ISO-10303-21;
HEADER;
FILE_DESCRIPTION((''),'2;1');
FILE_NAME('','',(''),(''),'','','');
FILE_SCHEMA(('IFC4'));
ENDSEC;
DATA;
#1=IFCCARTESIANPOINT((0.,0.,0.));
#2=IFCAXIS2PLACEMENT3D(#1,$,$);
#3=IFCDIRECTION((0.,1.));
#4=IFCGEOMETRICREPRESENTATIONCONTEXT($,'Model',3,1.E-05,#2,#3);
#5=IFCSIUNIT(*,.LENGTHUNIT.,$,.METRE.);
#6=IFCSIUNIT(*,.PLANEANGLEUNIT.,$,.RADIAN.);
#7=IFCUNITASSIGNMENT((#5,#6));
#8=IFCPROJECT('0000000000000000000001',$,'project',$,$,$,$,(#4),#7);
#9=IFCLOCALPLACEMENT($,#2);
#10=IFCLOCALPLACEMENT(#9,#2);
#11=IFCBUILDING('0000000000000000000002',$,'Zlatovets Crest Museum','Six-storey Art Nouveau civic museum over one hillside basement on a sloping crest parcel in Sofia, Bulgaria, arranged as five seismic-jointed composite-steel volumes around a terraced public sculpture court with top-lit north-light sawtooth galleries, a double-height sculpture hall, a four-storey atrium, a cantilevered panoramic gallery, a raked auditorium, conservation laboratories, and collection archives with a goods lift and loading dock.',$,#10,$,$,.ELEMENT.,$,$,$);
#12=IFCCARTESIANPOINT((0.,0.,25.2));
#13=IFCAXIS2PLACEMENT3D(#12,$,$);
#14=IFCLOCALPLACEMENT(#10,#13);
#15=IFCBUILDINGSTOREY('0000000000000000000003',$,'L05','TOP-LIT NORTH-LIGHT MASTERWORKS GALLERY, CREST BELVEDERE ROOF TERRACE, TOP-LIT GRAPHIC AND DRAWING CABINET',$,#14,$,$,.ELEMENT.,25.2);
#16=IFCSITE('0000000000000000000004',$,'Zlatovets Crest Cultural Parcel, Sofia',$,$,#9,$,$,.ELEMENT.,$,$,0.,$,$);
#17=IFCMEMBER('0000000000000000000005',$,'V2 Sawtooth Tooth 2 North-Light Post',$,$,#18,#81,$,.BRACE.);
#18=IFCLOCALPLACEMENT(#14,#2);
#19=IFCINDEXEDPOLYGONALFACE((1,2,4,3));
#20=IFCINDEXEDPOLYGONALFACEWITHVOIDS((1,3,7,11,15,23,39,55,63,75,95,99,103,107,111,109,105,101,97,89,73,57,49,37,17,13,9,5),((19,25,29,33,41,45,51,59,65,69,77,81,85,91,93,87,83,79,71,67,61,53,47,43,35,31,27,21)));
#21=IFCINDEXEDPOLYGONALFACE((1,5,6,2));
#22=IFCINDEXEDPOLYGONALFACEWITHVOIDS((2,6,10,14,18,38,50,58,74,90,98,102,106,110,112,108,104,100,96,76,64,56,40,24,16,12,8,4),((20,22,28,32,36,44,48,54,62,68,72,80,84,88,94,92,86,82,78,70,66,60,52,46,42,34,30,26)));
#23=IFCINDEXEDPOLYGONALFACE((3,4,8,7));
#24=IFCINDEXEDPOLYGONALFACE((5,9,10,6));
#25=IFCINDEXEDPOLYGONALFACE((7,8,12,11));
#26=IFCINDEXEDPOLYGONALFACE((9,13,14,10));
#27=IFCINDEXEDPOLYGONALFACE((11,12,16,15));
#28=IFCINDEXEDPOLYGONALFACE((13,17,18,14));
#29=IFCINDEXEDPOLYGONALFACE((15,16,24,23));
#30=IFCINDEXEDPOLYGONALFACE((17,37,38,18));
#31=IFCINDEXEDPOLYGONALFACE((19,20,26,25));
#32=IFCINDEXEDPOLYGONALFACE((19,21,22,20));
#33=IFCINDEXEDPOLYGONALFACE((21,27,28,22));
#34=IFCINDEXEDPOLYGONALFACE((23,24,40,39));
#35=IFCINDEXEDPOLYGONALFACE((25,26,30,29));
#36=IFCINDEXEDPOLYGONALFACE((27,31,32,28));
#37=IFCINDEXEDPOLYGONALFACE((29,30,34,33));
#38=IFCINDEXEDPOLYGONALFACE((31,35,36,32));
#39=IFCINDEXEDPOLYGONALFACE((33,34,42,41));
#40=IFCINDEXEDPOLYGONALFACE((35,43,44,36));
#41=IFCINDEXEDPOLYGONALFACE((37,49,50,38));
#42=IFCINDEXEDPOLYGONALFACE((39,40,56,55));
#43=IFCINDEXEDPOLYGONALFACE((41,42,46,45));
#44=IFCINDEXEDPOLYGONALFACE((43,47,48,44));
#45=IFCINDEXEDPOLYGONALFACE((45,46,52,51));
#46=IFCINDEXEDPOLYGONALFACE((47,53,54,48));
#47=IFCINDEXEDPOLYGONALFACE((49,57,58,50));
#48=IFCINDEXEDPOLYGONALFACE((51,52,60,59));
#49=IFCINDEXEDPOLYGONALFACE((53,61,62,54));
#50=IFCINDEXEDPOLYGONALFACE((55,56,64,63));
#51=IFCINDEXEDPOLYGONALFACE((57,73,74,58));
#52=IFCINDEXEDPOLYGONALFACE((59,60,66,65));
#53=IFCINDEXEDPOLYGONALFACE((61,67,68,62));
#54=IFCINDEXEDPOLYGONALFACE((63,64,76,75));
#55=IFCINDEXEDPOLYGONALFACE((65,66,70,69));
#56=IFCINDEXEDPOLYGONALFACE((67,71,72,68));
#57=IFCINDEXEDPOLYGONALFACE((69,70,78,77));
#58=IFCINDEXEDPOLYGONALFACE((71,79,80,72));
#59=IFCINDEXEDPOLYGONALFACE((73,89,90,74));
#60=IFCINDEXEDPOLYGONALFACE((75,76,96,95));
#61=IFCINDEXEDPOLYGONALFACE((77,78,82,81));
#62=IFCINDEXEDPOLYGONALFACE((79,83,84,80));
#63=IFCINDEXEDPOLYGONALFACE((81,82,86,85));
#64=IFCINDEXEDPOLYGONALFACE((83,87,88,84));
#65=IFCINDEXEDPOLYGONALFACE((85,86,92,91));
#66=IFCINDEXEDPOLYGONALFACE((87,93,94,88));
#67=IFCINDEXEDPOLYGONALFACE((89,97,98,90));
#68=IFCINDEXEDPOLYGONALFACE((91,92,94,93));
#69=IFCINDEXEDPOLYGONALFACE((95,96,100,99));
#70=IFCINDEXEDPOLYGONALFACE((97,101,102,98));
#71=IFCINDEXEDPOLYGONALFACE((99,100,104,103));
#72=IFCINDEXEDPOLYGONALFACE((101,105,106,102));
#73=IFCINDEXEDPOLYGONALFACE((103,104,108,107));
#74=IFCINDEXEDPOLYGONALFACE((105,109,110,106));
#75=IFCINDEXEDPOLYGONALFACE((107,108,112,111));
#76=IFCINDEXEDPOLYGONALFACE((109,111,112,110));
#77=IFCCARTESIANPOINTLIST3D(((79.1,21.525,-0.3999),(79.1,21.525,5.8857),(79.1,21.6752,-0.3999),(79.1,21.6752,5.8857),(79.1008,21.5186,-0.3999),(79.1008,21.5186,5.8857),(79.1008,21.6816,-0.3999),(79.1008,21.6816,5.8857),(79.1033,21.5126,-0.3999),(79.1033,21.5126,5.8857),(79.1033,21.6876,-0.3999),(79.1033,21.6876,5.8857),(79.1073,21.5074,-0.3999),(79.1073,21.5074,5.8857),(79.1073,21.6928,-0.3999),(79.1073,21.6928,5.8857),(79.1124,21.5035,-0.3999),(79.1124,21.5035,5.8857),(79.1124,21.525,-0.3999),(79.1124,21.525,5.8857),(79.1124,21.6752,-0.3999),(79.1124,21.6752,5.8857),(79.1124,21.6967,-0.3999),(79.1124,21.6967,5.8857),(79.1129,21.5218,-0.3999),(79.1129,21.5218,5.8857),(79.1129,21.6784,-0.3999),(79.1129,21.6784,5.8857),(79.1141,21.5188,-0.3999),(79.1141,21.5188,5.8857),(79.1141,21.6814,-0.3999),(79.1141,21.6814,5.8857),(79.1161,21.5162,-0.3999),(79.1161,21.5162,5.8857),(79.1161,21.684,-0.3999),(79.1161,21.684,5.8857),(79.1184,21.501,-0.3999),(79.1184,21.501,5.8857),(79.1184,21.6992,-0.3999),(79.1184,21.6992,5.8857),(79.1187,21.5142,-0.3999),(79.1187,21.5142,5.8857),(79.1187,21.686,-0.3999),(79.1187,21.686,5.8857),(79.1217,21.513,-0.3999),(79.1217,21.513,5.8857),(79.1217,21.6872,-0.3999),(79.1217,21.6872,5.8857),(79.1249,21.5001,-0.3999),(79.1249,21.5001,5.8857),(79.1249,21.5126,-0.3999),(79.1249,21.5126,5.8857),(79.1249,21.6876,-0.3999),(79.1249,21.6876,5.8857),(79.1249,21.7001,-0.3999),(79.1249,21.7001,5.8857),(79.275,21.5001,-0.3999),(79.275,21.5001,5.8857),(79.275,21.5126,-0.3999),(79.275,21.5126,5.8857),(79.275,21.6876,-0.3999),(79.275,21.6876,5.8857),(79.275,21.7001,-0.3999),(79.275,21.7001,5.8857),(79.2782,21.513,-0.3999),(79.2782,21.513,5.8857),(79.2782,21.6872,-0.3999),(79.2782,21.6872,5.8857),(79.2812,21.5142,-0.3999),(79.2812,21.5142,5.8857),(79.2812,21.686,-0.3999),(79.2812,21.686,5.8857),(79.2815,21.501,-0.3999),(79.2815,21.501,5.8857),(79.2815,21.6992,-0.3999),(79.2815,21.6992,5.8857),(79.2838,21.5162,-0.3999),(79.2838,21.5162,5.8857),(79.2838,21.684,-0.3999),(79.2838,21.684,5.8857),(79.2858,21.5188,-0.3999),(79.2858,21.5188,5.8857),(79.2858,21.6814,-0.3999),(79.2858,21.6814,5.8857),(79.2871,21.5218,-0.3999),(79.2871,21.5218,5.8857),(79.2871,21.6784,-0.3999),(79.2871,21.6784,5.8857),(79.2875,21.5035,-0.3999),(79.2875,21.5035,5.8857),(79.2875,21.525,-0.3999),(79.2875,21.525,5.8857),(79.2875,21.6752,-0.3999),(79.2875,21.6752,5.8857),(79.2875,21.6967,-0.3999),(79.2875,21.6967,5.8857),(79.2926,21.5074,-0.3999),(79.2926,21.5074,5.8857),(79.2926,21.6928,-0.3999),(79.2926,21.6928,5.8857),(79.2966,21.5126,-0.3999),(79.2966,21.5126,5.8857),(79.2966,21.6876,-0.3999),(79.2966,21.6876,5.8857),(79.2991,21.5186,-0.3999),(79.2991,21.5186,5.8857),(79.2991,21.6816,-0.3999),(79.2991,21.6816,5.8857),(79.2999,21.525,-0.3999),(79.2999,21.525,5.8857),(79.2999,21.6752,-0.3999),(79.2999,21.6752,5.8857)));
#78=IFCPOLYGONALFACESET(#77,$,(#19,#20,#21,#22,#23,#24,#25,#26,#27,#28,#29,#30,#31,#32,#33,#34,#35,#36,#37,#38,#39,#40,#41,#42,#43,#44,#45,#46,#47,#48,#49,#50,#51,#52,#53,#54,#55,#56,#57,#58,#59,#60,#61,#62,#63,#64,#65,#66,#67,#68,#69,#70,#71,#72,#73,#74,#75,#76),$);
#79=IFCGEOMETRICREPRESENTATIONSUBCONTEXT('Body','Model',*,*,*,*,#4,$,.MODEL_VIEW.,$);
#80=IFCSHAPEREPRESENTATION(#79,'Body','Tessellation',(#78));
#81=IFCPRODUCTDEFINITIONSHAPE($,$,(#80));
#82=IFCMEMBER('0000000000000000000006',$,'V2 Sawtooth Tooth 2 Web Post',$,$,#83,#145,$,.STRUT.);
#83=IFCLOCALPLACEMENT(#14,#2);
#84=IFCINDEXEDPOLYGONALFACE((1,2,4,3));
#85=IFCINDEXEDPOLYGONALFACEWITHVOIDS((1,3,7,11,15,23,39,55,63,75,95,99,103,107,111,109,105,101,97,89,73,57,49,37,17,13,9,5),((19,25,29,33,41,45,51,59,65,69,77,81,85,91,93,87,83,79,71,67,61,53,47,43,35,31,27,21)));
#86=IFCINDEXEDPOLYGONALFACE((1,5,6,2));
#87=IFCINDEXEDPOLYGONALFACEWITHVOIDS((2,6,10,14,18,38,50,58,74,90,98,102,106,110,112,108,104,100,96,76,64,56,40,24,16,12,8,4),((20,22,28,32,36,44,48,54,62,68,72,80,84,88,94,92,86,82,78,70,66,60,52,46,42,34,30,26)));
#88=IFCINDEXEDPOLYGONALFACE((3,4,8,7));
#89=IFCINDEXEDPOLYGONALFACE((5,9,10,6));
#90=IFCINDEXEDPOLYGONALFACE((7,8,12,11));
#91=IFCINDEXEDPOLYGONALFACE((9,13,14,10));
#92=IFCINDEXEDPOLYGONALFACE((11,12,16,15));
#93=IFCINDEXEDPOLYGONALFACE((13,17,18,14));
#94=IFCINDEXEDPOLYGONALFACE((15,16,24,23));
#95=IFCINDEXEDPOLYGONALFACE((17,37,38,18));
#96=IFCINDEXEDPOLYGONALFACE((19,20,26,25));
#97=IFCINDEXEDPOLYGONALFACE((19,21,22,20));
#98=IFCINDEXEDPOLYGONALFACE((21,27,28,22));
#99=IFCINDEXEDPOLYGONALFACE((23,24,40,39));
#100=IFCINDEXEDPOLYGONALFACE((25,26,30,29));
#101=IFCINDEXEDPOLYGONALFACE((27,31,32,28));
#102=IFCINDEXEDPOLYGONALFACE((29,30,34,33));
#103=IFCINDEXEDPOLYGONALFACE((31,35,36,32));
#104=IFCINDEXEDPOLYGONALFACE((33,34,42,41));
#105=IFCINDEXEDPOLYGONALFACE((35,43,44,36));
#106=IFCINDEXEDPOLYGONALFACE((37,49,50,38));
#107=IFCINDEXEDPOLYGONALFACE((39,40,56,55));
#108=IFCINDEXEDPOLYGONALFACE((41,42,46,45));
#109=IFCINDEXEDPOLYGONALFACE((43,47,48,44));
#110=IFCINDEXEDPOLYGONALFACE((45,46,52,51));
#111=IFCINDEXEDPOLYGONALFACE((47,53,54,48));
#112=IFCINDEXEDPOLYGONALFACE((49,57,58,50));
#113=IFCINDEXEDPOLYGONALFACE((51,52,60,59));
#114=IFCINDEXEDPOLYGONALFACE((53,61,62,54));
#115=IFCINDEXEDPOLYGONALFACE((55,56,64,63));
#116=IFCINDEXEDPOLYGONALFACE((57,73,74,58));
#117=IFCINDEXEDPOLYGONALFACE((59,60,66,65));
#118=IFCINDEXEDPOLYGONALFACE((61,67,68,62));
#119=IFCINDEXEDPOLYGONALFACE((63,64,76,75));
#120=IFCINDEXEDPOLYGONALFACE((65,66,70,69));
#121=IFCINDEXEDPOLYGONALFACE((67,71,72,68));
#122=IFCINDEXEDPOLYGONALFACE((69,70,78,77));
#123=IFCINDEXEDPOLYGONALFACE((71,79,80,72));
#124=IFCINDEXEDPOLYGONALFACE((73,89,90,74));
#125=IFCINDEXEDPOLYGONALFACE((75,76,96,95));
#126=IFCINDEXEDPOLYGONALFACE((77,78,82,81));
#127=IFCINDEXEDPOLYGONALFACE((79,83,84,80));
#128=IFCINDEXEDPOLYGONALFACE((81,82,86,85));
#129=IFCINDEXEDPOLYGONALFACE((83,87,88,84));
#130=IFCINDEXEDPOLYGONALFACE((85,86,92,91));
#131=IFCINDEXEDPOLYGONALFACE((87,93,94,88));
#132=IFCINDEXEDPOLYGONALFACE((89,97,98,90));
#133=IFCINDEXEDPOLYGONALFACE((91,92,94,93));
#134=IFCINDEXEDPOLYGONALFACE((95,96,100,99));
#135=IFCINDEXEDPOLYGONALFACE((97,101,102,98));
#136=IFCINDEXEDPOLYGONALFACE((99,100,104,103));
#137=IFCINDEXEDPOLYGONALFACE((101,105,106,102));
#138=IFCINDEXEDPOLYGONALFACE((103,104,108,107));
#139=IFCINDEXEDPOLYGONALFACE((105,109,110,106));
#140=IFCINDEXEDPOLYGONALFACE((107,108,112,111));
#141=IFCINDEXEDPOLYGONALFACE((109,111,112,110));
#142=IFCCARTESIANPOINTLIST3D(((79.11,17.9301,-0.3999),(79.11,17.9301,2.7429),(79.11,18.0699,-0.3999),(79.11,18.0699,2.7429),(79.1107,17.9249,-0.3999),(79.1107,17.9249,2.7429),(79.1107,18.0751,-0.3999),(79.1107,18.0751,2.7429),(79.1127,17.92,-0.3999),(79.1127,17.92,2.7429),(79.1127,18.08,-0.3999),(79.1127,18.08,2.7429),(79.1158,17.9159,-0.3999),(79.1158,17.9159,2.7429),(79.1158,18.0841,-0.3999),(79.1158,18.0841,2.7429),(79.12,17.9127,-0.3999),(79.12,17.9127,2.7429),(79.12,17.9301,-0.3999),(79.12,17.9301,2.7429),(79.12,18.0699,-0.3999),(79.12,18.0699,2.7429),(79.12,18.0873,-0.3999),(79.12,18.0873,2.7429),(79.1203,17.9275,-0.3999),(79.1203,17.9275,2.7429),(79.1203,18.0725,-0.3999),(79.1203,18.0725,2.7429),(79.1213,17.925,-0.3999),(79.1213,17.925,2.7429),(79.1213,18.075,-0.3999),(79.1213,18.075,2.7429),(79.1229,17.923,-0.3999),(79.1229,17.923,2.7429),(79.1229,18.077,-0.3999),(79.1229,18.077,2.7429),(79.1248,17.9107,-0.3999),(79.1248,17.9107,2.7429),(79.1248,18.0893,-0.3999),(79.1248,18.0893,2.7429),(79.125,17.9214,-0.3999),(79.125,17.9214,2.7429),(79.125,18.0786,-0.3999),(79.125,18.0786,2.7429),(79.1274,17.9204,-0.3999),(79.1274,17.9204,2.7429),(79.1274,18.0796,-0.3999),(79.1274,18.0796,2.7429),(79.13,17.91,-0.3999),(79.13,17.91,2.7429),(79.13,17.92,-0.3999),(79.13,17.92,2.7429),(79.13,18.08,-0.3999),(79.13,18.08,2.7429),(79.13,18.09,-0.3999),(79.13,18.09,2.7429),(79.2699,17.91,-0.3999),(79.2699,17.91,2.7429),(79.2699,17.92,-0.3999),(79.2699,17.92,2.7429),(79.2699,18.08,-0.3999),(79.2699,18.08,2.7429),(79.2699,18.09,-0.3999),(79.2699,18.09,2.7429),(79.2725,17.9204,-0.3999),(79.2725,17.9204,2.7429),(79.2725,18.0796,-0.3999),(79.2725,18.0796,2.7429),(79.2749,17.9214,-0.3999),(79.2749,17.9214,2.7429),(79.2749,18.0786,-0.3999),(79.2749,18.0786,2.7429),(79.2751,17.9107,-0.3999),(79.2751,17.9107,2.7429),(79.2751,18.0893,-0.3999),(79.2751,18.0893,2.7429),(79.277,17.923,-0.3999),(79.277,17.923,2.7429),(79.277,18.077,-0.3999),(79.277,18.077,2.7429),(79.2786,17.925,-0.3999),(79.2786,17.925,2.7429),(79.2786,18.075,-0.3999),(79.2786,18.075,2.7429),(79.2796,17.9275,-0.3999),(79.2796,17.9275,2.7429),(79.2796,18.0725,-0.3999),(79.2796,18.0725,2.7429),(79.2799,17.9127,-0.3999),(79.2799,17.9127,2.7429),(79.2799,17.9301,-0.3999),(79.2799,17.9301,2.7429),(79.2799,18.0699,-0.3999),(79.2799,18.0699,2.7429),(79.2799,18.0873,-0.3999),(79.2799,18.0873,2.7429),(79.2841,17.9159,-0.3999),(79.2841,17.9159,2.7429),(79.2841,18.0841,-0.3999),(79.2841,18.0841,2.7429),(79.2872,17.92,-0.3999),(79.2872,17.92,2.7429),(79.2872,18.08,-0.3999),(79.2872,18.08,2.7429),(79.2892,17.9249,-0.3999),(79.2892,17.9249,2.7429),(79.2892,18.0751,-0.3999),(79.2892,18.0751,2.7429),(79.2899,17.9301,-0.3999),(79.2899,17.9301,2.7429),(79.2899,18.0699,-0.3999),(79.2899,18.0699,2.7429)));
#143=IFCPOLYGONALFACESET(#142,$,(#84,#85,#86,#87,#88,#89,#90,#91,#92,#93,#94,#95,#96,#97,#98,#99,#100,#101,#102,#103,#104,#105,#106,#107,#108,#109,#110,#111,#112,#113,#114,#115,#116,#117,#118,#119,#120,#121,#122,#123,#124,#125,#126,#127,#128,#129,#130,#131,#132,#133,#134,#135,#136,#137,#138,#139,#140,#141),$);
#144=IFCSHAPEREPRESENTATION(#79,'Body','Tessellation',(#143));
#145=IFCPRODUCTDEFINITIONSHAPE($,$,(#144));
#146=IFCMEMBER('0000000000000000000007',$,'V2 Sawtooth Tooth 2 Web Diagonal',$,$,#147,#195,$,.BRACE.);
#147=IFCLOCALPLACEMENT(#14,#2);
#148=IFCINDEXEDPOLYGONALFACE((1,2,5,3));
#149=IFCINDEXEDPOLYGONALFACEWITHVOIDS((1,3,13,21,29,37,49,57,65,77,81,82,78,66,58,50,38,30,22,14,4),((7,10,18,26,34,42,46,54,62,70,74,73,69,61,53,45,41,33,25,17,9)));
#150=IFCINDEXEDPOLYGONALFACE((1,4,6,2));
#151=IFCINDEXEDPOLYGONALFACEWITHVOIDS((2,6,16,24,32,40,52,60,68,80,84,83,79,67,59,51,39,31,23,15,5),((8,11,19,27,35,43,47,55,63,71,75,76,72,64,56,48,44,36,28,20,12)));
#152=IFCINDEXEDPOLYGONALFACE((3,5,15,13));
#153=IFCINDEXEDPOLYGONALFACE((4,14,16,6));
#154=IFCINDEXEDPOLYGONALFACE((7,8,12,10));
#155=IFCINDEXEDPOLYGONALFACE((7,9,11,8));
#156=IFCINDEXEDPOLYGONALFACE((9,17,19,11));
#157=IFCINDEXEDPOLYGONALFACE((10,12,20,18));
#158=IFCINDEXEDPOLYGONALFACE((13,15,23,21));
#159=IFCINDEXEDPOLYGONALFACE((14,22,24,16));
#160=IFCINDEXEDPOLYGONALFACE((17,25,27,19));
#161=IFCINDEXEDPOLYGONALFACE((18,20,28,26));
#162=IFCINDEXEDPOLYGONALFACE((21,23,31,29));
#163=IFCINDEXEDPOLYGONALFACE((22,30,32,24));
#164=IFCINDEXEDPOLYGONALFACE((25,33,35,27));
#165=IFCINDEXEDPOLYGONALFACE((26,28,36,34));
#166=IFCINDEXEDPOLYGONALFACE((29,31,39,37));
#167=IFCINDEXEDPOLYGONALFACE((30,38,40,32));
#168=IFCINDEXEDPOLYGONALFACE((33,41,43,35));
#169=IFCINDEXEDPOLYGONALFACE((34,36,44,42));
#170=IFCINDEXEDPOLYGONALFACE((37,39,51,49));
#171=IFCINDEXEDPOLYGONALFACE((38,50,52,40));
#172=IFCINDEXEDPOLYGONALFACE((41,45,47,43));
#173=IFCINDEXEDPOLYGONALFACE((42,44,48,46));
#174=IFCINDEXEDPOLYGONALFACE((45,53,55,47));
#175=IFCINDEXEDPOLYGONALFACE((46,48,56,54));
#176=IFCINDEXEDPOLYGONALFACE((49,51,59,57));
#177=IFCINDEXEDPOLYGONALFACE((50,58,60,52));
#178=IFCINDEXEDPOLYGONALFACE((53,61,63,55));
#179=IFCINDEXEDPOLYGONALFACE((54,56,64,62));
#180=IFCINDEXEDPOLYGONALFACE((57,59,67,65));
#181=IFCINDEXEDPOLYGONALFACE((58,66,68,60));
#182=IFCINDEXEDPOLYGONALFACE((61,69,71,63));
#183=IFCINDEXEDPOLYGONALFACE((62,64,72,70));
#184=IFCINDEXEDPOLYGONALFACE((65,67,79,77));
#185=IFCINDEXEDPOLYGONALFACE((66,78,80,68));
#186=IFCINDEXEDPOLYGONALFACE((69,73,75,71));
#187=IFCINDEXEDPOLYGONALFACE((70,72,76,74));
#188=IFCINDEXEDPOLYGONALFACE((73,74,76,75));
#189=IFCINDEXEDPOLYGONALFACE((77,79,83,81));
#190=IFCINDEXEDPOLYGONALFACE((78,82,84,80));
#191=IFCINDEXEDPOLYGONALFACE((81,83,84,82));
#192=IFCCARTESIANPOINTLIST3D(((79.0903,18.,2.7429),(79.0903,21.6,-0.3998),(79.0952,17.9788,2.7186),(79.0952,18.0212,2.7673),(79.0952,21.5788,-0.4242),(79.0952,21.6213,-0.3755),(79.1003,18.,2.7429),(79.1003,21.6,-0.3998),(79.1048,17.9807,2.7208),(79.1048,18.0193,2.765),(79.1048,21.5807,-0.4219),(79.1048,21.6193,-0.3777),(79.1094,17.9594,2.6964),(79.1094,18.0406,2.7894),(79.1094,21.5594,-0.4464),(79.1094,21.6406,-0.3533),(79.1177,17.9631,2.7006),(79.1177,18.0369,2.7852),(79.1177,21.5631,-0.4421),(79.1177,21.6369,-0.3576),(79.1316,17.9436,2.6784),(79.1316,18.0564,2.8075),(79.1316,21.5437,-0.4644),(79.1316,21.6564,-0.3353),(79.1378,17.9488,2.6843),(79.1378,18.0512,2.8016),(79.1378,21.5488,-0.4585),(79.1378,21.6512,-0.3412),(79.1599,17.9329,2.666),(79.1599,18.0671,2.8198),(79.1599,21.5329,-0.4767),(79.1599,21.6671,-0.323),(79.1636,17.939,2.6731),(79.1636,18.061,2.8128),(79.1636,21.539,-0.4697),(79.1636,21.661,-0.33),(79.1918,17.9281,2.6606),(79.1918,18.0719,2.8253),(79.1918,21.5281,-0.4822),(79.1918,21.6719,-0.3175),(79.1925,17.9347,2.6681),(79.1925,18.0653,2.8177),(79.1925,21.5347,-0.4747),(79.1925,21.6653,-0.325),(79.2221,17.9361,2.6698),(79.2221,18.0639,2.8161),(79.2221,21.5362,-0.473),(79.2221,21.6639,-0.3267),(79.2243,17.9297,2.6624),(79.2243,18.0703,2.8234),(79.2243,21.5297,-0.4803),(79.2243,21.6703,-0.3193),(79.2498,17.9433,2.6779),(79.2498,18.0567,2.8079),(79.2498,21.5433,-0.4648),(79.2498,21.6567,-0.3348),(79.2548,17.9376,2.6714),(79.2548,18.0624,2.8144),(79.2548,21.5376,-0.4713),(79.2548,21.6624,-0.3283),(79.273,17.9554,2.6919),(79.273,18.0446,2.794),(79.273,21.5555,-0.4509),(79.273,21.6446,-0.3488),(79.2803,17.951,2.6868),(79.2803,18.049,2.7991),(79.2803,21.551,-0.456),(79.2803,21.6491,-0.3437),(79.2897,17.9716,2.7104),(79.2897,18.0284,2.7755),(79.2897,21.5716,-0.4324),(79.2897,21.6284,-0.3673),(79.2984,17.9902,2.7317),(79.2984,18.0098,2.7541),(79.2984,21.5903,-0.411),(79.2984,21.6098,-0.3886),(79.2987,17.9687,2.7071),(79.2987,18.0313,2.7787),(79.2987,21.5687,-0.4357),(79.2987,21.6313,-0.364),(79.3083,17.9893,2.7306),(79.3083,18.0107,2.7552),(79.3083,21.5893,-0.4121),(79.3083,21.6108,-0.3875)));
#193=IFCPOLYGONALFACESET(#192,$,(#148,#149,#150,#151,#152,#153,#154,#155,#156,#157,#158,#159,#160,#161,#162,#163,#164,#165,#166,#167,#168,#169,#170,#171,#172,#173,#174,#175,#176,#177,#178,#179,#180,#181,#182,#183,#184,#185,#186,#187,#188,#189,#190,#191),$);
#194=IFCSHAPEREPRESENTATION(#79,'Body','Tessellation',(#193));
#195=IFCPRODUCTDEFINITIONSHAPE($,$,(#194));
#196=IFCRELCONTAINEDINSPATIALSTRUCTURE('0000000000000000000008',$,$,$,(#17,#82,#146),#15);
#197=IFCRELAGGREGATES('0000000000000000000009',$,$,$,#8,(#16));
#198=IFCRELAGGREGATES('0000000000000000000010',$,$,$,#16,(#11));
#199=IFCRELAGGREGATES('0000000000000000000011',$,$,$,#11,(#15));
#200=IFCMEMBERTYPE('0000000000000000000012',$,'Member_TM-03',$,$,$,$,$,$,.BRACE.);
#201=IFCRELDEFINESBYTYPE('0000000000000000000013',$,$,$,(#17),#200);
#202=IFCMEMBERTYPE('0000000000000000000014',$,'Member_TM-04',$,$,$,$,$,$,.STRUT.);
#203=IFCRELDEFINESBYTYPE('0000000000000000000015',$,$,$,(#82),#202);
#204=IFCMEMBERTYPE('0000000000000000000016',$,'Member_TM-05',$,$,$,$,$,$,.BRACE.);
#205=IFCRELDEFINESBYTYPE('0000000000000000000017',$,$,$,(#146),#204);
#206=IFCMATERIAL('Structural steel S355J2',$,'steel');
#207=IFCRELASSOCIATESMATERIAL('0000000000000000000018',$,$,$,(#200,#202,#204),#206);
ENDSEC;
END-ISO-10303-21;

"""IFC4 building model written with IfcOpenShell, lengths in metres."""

from ifc_helpers import new_model, si_unit, direction, frame, origin, origin_2d, place, context, subcontext, project, spatial, hollow_rectangle, hollow_circle, extrude, material, material_profile, profile_set, type_object, element, save


model = new_model("IFC4")

# Units and contexts
model_context = context("Model", 3, precision=1e-05, world=origin(), true_north=direction((0.0, 1.0)))
body_context = subcontext(model_context, "Body", "Model", "MODEL_VIEW")
ifc_project = project(units=[si_unit("LENGTHUNIT", "METRE"), si_unit("PLANEANGLEUNIT", "RADIAN")], contexts=[model_context])

# Site, building, storey
site_placement = place(None, origin())
site = spatial("IfcSite", under=ifc_project, at=site_placement, Name="Zlatovets Crest Cultural Parcel, Sofia", CompositionType="ELEMENT", RefElevation=0.0)
building_placement = place(site_placement, origin())
building = spatial("IfcBuilding", under=site, at=building_placement, Name="Zlatovets Crest Museum", Description="Six-storey Art Nouveau civic museum over one hillside basement on a sloping crest parcel in Sofia, Bulgaria, arranged as five seismic-jointed composite-steel volumes around a terraced public sculpture court with top-lit north-light sawtooth galleries, a double-height sculpture hall, a four-storey atrium, a cantilevered panoramic gallery, a raked auditorium, conservation laboratories, and collection archives with a goods lift and loading dock.", CompositionType="ELEMENT")
storey_placement = place(building_placement, frame((0.0, 0.0, 25.2)))
storey = spatial("IfcBuildingStorey", under=building, at=storey_placement, Name="L05", Description="TOP-LIT NORTH-LIGHT MASTERWORKS GALLERY, CREST BELVEDERE ROOF TERRACE, TOP-LIT GRAPHIC AND DRAWING CABINET", CompositionType="ELEMENT", Elevation=25.2)

# Shared definitions
ifc_material_1 = material(Name="Structural steel S355J2", Category="steel")

# Members
ifc_material_profile_1 = material_profile(ifc_material_1, hollow_rectangle(XDim=0.2, YDim=0.2, WallThickness=0.0125, InnerFilletRadius=0.0125, OuterFilletRadius=0.0249, at=origin_2d()), Name="SHS 200x200x12.5")
ifc_profile_set_1 = profile_set([ifc_material_profile_1], Name="Structural steel S355J2")
member_type_1 = type_object("IfcMemberType", Name="Member_TM-03", PredefinedType="BRACE", material=ifc_profile_set_1)
for number, where, z_axis, x_axis, name in (
    (1, (79.2, 21.6001, -0.3999), (0.0, 0.0, 1.0), (1.0, 0.0, 0.0), "V2 Sawtooth Tooth 2 North-Light Post"),
):
    element("IfcMember", number, at=place(storey_placement, frame(where, z_axis=z_axis, x_axis=x_axis)), inside=storey, type_object=member_type_1, Name=name, PredefinedType="BRACE", context=body_context, shape_type="SweptSolid", body=[
        extrude(hollow_rectangle(XDim=0.2, YDim=0.2, WallThickness=0.0125, InnerFilletRadius=0.0125, OuterFilletRadius=0.0249, at=origin_2d()), origin(), (0.0, 0.0, 1.0), 6.2856),
    ])
ifc_material_profile_2 = material_profile(ifc_material_1, hollow_rectangle(XDim=0.1799, YDim=0.1799, WallThickness=0.01, InnerFilletRadius=0.01, OuterFilletRadius=0.02, at=origin_2d()), Name="SHS 180x180x10.0")
ifc_profile_set_2 = profile_set([ifc_material_profile_2], Name="Structural steel S355J2")
member_type_2 = type_object("IfcMemberType", Name="Member_TM-04", PredefinedType="STRUT", material=ifc_profile_set_2)
member_1_placement = place(storey_placement, frame((79.2, 18.0, -0.3999), z_axis=(0.0, 0.0, 1.0), x_axis=(1.0, 0.0, 0.0)))
element("IfcMember", 2, at=member_1_placement, inside=storey, type_object=member_type_2, Name="V2 Sawtooth Tooth 2 Web Post", PredefinedType="STRUT", context=body_context, shape_type="SweptSolid", body=[
    extrude(hollow_rectangle(XDim=0.1799, YDim=0.1799, WallThickness=0.01, InnerFilletRadius=0.01, OuterFilletRadius=0.02, at=origin_2d()), origin(), (0.0, 0.0, 1.0), 3.1428),
])
ifc_material_profile_3 = material_profile(ifc_material_1, hollow_circle(Radius=0.1096, WallThickness=0.01, at=origin_2d()), Name="CHS 219.1x10.0")
ifc_profile_set_3 = profile_set([ifc_material_profile_3], Name="Structural steel S355J2")
member_type_3 = type_object("IfcMemberType", Name="Member_TM-05", PredefinedType="BRACE", material=ifc_profile_set_3)
member_2_placement = place(storey_placement, frame((79.2, 18.0, 2.7429), z_axis=(0.0, 0.753329, -0.657643), x_axis=(-1.0, 0.0, 0.0)))
element("IfcMember", 3, at=member_2_placement, inside=storey, type_object=member_type_3, Name="V2 Sawtooth Tooth 2 Web Diagonal", PredefinedType="BRACE", context=body_context, shape_type="SweptSolid", body=[
    extrude(hollow_circle(Radius=0.1096, WallThickness=0.01, at=origin_2d()), origin(), (0.0, 0.0, 1.0), 4.7788),
])

save(model, "model.ifc")
